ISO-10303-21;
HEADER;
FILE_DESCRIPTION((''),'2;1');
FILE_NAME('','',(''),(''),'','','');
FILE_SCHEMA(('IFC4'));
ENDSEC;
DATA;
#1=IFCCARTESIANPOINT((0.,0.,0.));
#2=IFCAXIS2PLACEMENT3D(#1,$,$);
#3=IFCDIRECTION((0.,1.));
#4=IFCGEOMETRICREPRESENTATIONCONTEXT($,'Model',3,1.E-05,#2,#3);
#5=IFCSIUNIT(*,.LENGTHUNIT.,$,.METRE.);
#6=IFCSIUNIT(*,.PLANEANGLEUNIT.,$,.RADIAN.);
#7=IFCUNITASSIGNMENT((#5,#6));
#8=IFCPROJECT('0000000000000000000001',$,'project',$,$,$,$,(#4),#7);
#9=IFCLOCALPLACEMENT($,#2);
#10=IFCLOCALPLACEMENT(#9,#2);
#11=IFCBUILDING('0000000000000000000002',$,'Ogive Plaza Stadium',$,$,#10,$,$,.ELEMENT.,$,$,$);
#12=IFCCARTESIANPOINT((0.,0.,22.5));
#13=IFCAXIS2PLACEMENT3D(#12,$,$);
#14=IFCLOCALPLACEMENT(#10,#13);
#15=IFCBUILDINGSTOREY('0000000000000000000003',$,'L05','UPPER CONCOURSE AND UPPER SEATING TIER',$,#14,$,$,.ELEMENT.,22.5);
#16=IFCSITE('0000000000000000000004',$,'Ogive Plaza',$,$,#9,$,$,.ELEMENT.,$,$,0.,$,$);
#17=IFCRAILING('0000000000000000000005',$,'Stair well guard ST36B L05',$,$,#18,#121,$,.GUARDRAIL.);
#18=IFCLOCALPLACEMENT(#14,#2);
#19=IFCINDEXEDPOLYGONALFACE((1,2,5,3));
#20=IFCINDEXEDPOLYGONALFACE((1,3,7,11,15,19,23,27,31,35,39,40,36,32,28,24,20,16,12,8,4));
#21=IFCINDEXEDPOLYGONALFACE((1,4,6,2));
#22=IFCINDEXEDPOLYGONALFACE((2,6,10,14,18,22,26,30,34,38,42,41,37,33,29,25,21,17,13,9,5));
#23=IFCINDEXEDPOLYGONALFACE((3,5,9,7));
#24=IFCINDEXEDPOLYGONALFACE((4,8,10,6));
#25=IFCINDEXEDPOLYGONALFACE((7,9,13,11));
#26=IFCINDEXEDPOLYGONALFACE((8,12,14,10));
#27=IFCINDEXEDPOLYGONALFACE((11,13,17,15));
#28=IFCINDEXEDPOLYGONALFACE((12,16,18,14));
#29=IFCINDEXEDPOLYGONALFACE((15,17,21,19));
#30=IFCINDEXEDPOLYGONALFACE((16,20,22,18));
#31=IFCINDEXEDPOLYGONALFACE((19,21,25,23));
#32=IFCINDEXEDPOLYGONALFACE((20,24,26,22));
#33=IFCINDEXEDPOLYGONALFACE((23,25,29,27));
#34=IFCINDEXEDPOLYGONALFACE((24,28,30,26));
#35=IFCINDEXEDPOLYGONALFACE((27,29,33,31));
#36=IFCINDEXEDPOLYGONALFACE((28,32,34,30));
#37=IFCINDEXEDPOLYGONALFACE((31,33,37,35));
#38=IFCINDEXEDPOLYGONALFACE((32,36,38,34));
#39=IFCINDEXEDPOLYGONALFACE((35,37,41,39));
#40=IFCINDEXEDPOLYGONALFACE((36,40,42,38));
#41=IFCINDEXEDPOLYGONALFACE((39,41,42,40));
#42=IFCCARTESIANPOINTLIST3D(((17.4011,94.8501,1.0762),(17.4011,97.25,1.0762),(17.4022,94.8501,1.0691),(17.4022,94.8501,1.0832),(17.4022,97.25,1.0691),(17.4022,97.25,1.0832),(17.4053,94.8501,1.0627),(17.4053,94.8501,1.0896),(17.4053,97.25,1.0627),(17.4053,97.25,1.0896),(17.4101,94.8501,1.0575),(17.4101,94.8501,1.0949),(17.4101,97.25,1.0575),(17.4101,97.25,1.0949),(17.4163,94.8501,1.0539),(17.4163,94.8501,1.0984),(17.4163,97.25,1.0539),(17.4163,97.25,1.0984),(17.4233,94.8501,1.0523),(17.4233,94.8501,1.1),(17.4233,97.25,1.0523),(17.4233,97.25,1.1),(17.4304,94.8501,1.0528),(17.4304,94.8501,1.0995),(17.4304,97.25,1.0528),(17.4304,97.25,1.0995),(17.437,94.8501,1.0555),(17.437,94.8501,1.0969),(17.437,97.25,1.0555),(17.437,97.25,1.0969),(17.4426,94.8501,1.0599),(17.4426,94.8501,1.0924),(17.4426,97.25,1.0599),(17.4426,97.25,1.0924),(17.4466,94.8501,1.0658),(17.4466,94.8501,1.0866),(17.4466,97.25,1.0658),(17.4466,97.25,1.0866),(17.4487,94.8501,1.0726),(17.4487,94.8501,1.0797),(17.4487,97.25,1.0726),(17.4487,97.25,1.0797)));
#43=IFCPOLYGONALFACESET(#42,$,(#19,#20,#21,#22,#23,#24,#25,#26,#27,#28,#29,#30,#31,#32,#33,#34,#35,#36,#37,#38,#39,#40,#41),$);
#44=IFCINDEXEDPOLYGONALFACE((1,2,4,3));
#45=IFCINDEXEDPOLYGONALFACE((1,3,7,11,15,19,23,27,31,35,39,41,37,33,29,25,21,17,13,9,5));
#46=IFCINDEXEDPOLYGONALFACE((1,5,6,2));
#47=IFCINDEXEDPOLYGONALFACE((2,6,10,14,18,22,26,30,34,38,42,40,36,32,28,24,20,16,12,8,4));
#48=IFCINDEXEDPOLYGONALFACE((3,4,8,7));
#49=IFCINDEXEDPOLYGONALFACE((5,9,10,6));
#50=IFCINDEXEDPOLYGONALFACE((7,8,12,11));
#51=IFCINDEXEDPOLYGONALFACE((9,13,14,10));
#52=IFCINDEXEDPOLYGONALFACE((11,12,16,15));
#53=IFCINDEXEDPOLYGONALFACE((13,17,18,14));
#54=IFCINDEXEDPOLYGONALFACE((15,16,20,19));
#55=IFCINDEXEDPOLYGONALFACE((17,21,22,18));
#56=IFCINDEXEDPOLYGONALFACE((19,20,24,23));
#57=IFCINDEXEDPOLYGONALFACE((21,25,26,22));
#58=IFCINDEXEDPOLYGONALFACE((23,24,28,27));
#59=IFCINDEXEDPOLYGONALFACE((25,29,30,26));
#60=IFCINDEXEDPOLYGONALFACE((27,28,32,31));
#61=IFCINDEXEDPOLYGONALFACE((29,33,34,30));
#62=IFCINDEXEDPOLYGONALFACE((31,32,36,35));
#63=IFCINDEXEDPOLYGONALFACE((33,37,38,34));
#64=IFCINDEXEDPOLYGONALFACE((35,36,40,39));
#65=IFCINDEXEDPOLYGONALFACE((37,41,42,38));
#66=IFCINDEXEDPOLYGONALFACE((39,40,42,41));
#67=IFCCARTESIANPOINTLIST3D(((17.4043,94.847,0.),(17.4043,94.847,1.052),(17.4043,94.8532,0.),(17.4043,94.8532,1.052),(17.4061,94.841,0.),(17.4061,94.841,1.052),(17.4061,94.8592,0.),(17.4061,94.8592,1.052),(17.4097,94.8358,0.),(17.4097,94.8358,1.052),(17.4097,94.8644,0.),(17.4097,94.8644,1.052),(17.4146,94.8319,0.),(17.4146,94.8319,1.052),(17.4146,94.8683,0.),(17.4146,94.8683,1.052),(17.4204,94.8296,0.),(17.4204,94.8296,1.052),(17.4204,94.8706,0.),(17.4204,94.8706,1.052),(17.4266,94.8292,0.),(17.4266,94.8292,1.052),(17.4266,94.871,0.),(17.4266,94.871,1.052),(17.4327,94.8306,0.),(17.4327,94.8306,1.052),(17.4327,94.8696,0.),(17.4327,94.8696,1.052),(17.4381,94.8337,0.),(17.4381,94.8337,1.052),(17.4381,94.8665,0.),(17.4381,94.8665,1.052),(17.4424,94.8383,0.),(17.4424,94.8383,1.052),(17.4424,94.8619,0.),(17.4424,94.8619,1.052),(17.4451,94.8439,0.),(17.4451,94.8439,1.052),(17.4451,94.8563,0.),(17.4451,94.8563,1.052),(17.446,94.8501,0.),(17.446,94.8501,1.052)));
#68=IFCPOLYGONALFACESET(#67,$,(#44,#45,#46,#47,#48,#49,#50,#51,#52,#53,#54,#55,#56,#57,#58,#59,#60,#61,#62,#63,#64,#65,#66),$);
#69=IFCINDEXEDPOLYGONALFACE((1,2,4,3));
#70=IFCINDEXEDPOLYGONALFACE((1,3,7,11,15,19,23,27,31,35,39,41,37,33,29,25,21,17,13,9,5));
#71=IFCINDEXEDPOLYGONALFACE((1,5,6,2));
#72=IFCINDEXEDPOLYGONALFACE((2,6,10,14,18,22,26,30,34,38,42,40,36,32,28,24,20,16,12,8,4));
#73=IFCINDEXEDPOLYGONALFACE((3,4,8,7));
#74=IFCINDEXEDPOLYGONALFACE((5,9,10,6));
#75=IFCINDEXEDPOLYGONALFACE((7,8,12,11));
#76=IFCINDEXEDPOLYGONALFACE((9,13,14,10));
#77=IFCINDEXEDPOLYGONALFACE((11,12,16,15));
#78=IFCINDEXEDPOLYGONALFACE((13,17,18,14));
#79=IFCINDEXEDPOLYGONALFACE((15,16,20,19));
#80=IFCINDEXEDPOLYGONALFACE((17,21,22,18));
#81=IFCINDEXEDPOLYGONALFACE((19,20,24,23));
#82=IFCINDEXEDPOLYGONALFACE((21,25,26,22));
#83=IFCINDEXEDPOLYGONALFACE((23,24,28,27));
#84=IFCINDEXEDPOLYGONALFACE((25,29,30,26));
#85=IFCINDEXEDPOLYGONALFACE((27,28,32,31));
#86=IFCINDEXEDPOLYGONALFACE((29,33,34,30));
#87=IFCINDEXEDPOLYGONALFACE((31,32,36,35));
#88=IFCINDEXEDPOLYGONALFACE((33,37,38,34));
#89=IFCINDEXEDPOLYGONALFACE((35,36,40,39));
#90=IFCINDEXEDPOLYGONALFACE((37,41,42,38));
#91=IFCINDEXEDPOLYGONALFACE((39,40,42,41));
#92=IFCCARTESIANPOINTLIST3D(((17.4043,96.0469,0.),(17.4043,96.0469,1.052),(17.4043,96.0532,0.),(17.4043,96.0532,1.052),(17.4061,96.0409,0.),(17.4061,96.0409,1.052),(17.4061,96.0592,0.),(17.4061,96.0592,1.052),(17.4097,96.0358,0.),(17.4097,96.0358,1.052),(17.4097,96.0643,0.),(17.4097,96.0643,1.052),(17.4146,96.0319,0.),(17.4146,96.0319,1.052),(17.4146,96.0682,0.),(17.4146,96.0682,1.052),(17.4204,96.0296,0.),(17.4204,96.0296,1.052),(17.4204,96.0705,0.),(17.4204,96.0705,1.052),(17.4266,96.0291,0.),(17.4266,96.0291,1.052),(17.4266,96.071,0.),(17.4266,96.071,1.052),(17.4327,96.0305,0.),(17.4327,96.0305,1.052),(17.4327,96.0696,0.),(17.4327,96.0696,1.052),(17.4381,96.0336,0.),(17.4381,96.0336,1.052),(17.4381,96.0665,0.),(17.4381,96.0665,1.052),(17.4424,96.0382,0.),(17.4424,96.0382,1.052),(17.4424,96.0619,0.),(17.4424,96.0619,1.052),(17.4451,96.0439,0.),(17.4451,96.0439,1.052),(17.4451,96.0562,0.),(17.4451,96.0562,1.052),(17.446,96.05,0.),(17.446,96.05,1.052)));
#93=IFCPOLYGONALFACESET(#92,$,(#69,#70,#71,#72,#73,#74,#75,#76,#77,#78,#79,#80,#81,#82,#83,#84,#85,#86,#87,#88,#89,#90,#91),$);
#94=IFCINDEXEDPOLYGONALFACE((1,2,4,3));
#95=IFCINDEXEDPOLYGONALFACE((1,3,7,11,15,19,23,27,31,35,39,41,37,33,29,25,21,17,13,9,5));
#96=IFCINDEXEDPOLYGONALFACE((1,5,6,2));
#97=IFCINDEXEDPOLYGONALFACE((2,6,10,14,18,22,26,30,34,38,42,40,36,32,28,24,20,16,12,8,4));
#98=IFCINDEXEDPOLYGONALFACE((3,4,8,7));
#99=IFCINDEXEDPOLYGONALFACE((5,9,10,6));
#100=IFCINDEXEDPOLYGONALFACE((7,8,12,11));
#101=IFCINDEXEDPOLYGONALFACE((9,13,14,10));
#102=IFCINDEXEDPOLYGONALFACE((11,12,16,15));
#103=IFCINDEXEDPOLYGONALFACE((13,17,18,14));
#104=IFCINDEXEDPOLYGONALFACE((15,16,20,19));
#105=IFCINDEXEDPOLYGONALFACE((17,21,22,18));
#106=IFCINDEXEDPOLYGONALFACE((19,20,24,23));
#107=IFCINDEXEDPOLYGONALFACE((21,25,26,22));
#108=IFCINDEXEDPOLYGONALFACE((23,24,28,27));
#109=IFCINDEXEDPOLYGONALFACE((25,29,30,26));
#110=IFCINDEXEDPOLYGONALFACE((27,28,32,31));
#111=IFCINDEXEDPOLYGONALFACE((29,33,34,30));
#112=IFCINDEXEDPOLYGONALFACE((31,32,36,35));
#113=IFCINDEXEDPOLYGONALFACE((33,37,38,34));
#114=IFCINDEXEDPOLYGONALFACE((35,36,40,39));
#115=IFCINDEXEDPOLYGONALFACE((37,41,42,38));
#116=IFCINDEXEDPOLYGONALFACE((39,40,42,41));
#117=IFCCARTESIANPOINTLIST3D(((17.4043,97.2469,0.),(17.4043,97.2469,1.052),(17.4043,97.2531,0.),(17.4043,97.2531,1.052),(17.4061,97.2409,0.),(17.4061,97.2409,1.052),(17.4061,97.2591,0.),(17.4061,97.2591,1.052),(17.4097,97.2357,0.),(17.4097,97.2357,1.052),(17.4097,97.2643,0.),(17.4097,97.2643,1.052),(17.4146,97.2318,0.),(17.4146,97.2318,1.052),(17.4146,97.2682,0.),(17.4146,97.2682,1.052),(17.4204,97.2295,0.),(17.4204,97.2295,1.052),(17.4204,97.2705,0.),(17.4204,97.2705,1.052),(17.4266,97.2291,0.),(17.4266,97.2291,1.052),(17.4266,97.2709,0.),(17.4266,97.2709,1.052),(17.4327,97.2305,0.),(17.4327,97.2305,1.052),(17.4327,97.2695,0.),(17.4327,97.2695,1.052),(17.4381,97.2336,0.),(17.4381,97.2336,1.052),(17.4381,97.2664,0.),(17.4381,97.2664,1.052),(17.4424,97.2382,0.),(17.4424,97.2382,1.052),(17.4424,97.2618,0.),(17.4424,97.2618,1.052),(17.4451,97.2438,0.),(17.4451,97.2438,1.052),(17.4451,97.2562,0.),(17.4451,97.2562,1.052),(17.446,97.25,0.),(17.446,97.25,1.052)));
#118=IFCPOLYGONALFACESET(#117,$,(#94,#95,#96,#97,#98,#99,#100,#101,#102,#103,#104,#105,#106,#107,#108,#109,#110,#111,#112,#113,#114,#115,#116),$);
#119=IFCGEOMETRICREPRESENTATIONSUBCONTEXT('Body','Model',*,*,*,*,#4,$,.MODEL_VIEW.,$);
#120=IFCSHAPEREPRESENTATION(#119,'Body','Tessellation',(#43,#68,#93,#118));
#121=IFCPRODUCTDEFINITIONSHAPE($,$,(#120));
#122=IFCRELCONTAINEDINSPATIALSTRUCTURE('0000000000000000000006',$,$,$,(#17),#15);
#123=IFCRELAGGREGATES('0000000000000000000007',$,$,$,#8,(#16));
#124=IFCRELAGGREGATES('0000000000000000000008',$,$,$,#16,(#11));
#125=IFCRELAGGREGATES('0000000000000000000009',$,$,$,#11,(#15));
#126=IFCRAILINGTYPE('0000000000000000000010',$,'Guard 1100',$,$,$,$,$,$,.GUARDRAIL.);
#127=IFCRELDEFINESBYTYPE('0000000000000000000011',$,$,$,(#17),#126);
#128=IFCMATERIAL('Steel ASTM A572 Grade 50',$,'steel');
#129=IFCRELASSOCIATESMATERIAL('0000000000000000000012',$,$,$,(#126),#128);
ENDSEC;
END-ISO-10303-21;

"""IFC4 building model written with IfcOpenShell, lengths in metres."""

from ifc_helpers import new_model, si_unit, direction, frame, origin, origin_2d, place, context, subcontext, project, spatial, circle, extrude, material, type_object, element, save


model = new_model("IFC4")

# Units and contexts
model_context = context("Model", 3, precision=1e-05, world=origin(), true_north=direction((0.0, 1.0)))
body_context = subcontext(model_context, "Body", "Model", "MODEL_VIEW")
ifc_project = project(units=[si_unit("LENGTHUNIT", "METRE"), si_unit("PLANEANGLEUNIT", "RADIAN")], contexts=[model_context])

# Site, building, storey
site_placement = place(None, origin())
site = spatial("IfcSite", under=ifc_project, at=site_placement, Name="Ogive Plaza", CompositionType="ELEMENT", RefElevation=0.0)
building_placement = place(site_placement, origin())
building = spatial("IfcBuilding", under=site, at=building_placement, Name="Ogive Plaza Stadium", CompositionType="ELEMENT")
storey_placement = place(building_placement, frame((0.0, 0.0, 22.5)))
storey = spatial("IfcBuildingStorey", under=building, at=storey_placement, Name="L05", Description="UPPER CONCOURSE AND UPPER SEATING TIER", CompositionType="ELEMENT", Elevation=22.5)

# Railing
ifc_material_1 = material(Name="Steel ASTM A572 Grade 50", Category="steel")
railing_type = type_object("IfcRailingType", Name="Guard 1100", PredefinedType="GUARDRAIL", material=ifc_material_1)
railing_1_placement = place(storey_placement, frame((17.425, 94.8501, 0.0)))
element("IfcRailing", 1, at=railing_1_placement, inside=storey, type_object=railing_type, Name="Stair well guard ST36B L05", PredefinedType="GUARDRAIL", context=body_context, shape_type="SweptSolid", body=[
    extrude(circle(Radius=0.0239, at=origin_2d()), frame((0.0, 0.0, 1.0762), z_axis=(0.0, 1.0, 0.0), x_axis=(-1.0, 0.0, 0.0)), (0.0, 0.0, 1.0), 2.3999),
    extrude(circle(Radius=0.021, at=origin_2d()), origin(), (0.0, 0.0, 1.0), 1.052),
    extrude(circle(Radius=0.021, at=origin_2d()), frame((0.0, 1.2, 0.0)), (0.0, 0.0, 1.0), 1.052),
    extrude(circle(Radius=0.021, at=origin_2d()), frame((0.0, 2.3999, 0.0)), (0.0, 0.0, 1.0), 1.052),
])

save(model, "model.ifc")
